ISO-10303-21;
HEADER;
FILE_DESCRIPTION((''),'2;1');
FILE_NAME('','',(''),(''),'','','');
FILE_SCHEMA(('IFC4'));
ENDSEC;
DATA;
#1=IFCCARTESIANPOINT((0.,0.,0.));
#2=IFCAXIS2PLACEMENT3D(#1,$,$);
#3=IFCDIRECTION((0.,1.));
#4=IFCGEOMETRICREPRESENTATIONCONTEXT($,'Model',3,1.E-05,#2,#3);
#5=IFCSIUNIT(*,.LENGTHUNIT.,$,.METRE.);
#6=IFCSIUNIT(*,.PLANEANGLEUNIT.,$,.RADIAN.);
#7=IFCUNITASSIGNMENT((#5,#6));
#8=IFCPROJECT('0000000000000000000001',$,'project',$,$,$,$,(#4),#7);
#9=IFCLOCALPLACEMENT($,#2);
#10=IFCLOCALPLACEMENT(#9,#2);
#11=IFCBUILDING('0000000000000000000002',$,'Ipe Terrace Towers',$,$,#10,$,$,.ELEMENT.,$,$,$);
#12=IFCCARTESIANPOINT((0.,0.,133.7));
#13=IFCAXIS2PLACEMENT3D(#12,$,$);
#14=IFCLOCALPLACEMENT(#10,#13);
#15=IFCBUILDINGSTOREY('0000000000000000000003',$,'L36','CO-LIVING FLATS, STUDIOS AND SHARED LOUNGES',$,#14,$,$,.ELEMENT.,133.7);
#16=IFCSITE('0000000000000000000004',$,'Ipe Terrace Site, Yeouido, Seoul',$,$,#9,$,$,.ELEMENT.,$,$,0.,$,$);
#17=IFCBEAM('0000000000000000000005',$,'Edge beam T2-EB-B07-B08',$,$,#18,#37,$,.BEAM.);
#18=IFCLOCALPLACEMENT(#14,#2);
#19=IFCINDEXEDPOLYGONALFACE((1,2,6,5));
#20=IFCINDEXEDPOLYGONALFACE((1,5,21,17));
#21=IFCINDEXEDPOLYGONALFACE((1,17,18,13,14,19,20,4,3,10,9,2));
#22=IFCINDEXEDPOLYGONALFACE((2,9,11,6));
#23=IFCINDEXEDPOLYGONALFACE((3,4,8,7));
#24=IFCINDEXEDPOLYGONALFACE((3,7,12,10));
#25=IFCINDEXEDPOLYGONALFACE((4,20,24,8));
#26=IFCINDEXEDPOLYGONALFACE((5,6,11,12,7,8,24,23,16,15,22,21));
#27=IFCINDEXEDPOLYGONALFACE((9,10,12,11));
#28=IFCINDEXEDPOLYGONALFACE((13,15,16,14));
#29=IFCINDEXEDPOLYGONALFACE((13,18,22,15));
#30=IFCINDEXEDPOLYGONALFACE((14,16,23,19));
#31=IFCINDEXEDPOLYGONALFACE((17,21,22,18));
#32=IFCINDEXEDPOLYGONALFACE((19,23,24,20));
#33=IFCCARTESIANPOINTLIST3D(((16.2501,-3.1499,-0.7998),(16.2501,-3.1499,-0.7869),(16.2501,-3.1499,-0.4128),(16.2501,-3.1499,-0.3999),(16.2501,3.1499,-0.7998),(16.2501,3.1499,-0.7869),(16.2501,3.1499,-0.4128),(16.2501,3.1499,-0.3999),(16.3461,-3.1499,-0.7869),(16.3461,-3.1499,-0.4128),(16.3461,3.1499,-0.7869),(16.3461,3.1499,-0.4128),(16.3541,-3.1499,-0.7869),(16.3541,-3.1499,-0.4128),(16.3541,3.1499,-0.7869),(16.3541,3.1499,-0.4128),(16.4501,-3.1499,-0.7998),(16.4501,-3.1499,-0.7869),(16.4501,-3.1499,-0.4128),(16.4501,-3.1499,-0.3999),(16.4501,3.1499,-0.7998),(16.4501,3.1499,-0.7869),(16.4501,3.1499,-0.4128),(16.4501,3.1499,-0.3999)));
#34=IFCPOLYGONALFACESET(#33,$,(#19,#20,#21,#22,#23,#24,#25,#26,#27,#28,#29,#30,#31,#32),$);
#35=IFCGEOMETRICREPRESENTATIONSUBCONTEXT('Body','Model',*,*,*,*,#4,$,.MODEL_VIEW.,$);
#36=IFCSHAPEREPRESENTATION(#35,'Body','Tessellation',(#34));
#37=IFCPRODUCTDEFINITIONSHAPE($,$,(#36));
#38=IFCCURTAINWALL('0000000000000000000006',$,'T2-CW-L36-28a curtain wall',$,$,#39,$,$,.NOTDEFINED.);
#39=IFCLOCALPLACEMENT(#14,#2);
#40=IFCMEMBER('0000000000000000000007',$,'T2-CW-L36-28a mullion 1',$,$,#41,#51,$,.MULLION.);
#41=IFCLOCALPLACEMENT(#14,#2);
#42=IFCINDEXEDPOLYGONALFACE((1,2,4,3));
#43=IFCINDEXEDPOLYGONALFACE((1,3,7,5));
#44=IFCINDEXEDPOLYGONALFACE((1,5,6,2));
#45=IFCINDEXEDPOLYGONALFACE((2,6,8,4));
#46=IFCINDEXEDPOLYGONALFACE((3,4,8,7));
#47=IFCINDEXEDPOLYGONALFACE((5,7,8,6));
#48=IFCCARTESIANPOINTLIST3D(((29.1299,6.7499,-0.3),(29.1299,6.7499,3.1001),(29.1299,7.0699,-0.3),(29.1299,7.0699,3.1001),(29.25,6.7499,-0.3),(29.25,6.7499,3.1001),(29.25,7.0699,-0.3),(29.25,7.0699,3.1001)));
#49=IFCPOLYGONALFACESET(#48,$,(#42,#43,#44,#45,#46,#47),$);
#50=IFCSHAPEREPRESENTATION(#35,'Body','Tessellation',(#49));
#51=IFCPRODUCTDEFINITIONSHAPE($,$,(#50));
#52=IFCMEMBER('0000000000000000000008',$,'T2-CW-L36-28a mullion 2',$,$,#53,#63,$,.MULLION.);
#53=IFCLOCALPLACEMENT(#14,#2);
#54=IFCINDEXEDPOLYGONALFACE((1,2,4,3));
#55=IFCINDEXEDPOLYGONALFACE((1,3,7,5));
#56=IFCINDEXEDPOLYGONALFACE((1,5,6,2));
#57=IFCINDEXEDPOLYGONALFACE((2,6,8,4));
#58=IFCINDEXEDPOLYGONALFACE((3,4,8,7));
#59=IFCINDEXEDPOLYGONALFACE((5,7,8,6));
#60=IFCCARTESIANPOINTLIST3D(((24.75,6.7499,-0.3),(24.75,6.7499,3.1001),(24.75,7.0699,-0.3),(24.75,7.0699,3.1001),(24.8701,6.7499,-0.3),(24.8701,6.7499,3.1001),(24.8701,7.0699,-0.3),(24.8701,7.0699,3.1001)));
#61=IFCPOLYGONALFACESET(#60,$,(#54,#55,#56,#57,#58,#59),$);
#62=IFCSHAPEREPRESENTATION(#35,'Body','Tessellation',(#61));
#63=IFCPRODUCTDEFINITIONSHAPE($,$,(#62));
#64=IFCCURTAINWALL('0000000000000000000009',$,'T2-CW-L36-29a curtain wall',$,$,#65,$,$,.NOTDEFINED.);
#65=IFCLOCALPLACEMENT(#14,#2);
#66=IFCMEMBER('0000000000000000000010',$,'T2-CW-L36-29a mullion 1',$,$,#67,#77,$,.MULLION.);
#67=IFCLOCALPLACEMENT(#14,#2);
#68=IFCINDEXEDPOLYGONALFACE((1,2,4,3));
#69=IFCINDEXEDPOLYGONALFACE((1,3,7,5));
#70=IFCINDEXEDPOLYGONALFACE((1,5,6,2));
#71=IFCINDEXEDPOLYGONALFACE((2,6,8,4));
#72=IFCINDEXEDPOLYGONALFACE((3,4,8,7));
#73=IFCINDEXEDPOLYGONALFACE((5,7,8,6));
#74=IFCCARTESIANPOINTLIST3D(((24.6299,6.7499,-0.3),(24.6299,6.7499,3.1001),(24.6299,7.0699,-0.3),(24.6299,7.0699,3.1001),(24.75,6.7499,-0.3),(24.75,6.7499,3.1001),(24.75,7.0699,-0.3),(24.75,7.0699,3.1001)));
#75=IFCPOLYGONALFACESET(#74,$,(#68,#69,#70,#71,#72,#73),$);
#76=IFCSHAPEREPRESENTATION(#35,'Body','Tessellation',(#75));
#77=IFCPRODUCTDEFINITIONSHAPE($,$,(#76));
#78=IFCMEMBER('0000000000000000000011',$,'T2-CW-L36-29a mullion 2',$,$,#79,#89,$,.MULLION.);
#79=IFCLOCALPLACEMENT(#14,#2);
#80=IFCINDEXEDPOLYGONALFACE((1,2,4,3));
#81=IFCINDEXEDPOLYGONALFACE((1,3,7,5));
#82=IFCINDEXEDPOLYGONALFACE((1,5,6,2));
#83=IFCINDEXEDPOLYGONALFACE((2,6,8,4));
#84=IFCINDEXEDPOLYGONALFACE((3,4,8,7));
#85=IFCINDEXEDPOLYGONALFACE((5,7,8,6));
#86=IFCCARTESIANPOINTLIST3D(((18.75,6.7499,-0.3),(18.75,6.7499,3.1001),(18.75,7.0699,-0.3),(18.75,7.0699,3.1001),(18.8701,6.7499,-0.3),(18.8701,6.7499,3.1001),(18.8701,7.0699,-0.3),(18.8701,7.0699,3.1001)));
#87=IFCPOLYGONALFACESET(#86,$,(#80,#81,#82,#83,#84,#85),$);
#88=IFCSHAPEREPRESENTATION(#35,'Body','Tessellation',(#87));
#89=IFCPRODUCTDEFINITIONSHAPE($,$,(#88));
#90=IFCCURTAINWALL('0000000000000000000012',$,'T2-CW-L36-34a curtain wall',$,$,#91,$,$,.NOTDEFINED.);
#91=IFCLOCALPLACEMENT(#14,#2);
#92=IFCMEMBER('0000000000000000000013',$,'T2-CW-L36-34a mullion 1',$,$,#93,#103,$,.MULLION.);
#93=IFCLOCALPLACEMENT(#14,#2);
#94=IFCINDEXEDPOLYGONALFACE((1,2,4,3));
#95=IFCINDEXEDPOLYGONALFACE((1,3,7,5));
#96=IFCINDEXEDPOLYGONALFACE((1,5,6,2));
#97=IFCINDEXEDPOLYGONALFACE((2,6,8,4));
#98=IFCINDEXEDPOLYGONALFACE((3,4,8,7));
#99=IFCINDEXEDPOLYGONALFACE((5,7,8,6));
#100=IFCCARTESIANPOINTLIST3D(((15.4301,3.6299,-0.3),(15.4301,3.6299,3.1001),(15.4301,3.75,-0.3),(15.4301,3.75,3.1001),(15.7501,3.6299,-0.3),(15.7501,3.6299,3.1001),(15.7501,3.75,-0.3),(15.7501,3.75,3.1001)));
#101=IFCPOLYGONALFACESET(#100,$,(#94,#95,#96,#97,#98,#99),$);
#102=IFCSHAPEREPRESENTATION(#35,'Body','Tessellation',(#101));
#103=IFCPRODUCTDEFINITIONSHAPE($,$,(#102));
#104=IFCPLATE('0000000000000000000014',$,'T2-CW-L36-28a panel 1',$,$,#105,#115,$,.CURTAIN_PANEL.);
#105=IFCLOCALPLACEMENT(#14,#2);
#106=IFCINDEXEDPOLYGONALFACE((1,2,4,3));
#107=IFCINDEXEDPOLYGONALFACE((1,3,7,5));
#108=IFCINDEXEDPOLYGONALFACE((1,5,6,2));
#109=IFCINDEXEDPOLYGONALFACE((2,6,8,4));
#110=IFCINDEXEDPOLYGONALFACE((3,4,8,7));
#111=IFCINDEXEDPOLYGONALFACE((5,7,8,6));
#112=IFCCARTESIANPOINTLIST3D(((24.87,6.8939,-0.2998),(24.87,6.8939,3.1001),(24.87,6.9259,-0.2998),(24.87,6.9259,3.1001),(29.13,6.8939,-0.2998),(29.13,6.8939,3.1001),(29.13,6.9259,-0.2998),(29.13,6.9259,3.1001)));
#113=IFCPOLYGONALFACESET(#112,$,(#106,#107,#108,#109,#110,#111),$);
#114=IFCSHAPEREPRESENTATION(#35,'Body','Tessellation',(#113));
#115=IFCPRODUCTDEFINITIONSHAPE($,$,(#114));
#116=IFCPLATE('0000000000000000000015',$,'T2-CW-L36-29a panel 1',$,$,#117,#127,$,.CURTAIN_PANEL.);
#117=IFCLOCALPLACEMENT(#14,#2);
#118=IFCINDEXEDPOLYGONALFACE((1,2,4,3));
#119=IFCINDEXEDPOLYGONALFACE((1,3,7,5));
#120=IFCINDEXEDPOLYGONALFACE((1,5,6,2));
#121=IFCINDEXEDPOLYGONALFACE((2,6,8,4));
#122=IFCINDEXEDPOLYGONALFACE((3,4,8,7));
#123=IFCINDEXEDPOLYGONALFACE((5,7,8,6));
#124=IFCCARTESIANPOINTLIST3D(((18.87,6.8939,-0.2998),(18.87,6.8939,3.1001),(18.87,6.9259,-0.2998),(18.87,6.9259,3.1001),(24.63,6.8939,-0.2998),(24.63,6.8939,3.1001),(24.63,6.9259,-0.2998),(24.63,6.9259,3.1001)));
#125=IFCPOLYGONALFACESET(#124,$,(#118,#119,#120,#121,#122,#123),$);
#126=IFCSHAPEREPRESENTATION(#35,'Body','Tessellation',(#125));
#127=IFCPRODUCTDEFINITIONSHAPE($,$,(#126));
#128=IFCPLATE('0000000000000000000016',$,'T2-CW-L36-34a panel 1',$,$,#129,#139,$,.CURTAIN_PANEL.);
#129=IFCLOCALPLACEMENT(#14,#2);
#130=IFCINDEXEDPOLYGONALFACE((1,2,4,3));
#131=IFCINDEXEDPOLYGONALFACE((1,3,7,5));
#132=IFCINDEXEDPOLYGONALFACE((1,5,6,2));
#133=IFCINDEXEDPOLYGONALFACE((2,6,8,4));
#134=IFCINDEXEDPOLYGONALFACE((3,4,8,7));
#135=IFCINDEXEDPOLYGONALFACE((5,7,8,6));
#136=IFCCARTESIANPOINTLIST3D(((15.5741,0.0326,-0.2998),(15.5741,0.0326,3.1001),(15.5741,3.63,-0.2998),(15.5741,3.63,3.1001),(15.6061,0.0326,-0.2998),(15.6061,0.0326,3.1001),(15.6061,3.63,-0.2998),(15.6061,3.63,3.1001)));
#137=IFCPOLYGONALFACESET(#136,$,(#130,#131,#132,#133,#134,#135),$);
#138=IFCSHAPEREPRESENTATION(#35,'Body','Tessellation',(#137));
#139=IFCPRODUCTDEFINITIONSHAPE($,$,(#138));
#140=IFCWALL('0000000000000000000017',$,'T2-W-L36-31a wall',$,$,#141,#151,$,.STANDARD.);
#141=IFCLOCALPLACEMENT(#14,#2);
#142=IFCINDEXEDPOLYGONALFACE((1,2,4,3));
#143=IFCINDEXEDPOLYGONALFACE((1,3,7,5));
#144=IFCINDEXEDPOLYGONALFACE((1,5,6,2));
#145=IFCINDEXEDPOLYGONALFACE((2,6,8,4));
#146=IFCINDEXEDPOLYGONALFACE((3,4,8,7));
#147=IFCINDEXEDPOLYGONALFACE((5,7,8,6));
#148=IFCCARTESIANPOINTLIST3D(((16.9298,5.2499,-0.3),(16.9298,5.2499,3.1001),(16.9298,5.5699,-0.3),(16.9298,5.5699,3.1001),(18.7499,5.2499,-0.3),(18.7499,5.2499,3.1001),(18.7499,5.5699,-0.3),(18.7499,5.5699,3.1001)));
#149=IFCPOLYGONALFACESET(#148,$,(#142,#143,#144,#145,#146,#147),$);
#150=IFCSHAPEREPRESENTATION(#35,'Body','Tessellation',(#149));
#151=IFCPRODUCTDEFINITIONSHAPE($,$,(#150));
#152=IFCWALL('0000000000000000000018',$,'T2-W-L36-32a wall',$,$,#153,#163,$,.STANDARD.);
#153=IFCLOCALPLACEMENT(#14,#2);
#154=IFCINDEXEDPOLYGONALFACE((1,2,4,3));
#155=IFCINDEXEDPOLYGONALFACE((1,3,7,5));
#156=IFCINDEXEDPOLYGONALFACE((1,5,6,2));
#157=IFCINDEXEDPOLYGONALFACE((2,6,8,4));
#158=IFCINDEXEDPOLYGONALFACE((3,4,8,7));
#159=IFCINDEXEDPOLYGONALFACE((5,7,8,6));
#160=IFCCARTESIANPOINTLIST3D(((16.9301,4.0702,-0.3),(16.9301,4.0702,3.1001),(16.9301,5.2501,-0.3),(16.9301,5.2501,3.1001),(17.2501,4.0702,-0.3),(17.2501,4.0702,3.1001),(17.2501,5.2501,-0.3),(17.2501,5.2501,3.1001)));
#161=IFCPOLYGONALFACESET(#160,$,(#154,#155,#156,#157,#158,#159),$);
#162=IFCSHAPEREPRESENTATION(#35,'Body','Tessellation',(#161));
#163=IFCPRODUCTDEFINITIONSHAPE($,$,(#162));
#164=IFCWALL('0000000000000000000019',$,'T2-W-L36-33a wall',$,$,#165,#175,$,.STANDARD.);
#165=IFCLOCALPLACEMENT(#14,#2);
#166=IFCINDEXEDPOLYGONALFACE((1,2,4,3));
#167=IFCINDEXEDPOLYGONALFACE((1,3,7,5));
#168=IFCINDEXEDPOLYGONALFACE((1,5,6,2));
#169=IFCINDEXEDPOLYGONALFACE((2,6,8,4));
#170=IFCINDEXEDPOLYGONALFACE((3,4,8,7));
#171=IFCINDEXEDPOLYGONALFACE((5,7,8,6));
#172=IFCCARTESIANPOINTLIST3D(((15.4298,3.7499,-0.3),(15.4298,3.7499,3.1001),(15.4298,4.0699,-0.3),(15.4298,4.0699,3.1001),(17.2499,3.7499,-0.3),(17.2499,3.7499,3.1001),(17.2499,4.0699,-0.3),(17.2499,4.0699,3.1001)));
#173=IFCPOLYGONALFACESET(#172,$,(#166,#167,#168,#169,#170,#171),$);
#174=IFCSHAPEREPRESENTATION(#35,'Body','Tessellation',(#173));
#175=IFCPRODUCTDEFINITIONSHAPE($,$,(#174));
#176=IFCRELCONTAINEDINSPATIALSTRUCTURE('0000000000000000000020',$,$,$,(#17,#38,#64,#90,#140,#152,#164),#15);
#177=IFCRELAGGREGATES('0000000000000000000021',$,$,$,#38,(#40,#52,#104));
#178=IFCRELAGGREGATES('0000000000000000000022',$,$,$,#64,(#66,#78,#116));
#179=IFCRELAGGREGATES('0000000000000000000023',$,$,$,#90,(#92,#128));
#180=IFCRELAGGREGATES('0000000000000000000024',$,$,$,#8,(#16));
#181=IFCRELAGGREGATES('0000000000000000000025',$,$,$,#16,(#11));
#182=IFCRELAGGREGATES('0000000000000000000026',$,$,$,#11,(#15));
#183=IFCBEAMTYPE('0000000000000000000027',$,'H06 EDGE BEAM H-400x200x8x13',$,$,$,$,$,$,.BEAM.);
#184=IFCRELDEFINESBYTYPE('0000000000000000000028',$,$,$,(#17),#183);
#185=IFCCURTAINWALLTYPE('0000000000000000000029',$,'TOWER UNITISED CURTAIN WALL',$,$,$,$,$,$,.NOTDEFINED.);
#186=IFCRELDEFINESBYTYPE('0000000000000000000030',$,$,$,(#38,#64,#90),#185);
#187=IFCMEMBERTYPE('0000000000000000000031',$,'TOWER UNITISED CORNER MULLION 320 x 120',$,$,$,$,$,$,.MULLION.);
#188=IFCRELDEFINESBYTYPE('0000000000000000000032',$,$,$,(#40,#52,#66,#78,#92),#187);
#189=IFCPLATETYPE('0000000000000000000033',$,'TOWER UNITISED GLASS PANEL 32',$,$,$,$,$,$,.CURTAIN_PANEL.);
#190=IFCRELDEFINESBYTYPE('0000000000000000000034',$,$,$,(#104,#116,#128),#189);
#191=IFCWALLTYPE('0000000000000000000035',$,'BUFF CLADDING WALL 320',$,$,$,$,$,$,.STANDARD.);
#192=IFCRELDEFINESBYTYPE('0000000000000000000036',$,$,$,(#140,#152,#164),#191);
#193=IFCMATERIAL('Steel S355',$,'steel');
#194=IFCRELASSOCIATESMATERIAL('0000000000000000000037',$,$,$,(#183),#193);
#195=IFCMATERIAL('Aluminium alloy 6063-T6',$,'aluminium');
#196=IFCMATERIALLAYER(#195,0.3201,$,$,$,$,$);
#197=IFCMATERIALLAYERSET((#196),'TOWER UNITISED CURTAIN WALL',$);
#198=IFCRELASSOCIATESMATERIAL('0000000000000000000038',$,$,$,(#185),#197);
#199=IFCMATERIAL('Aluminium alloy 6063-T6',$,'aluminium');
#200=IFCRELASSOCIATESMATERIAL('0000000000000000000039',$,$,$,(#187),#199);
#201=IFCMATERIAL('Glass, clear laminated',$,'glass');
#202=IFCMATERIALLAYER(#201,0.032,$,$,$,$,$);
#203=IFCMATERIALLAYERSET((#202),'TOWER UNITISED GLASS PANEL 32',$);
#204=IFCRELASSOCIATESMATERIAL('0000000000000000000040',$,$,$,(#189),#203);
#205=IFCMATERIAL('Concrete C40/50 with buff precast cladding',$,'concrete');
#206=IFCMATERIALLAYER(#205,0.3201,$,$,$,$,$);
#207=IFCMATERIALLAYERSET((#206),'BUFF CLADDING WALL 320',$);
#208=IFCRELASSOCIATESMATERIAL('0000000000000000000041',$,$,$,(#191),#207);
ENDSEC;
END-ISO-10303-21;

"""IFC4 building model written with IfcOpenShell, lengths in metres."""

from ifc_helpers import new_model, si_unit, direction, frame, frame_2d, origin, origin_2d, place, context, subcontext, project, spatial, rectangle, i_section, extrude, material, layer, layer_set, material_profile, profile_set, type_object, element, aggregate, save


model = new_model("IFC4")

# Units and contexts
model_context = context("Model", 3, precision=1e-05, world=origin(), true_north=direction((0.0, 1.0)))
body_context = subcontext(model_context, "Body", "Model", "MODEL_VIEW")
ifc_project = project(units=[si_unit("LENGTHUNIT", "METRE"), si_unit("PLANEANGLEUNIT", "RADIAN")], contexts=[model_context])

# Site, building, storey
site_placement = place(None, origin())
site = spatial("IfcSite", under=ifc_project, at=site_placement, Name="Ipe Terrace Site, Yeouido, Seoul", CompositionType="ELEMENT", RefElevation=0.0)
building_placement = place(site_placement, origin())
building = spatial("IfcBuilding", under=site, at=building_placement, Name="Ipe Terrace Towers", CompositionType="ELEMENT")
storey_placement = place(building_placement, frame((0.0, 0.0, 133.7)))
storey = spatial("IfcBuildingStorey", under=building, at=storey_placement, Name="L36", Description="CO-LIVING FLATS, STUDIOS AND SHARED LOUNGES", CompositionType="ELEMENT", Elevation=133.7)

# Beam
ifc_material_1 = material(Name="Steel S355", Category="steel")
ifc_material_profile_1 = material_profile(ifc_material_1, i_section(OverallWidth=0.2, OverallDepth=0.3999, WebThickness=0.0081, FlangeThickness=0.0129, at=origin_2d()), Name="H-400x200x8x13")
ifc_profile_set_1 = profile_set([ifc_material_profile_1], Name="Steel S355")
beam_type_1 = type_object("IfcBeamType", Name="H06 EDGE BEAM H-400x200x8x13", PredefinedType="BEAM", material=ifc_profile_set_1)
beam_1_placement = place(storey_placement, frame((16.3501, 3.1499, -0.5999), z_axis=(0.0, -1.0, 0.0), x_axis=(1.0, 0.0, 0.0)))
element("IfcBeam", 1, at=beam_1_placement, inside=storey, type_object=beam_type_1, Name="Edge beam T2-EB-B07-B08", PredefinedType="BEAM", context=body_context, shape_type="SweptSolid", body=[
    extrude(i_section(OverallWidth=0.2, OverallDepth=0.3999, WebThickness=0.0081, FlangeThickness=0.0129, at=origin_2d()), origin(), (0.0, 0.0, 1.0), 6.2998),
])

# Curtain walls, members
ifc_material_2 = material(Name="Aluminium alloy 6063-T6", Category="aluminium")
ifc_layer_1 = layer(ifc_material_2, 0.3201)
ifc_layer_set_1 = layer_set([ifc_layer_1], Name="TOWER UNITISED CURTAIN WALL")
curtain_wall_type = type_object("IfcCurtainWallType", Name="TOWER UNITISED CURTAIN WALL", PredefinedType="NOTDEFINED", material=ifc_layer_set_1)
curtain_wall_1_placement = place(storey_placement, origin())
curtain_wall_1 = element("IfcCurtainWall", 2, at=curtain_wall_1_placement, inside=storey, type_object=curtain_wall_type, Name="T2-CW-L36-28a curtain wall", PredefinedType="NOTDEFINED")
ifc_material_3 = material(Name="Aluminium alloy 6063-T6", Category="aluminium")
ifc_material_profile_2 = material_profile(ifc_material_3, rectangle(XDim=0.3201, YDim=0.1201, at=origin_2d()), Name="TOWER UNITISED CORNER MULLION 320 x 120")
ifc_profile_set_2 = profile_set([ifc_material_profile_2], Name="Aluminium alloy 6063-T6")
member_type = type_object("IfcMemberType", Name="TOWER UNITISED CORNER MULLION 320 x 120", PredefinedType="MULLION", material=ifc_profile_set_2)
member_1_placement = place(storey_placement, frame((29.1899, 6.9099, -0.3), z_axis=(0.0, 0.0, 1.0), x_axis=(0.0, 1.0, 0.0)))
member_1 = element("IfcMember", 3, at=member_1_placement, type_object=member_type, Name="T2-CW-L36-28a mullion 1", PredefinedType="MULLION", context=body_context, shape_type="SweptSolid", body=[
    extrude(rectangle(XDim=0.3201, YDim=0.1201, at=origin_2d()), origin(), (0.0, 0.0, 1.0), 3.4001),
])
member_2_placement = place(storey_placement, frame((24.8101, 6.9099, -0.3), z_axis=(0.0, 0.0, 1.0), x_axis=(0.0, 1.0, 0.0)))
member_2 = element("IfcMember", 4, at=member_2_placement, type_object=member_type, Name="T2-CW-L36-28a mullion 2", PredefinedType="MULLION", context=body_context, shape_type="SweptSolid", body=[
    extrude(rectangle(XDim=0.3201, YDim=0.1201, at=origin_2d()), origin(), (0.0, 0.0, 1.0), 3.4001),
])
curtain_wall_2_placement = place(storey_placement, origin())
curtain_wall_2 = element("IfcCurtainWall", 5, at=curtain_wall_2_placement, inside=storey, type_object=curtain_wall_type, Name="T2-CW-L36-29a curtain wall", PredefinedType="NOTDEFINED")
member_3_placement = place(storey_placement, frame((24.6899, 6.9099, -0.3), z_axis=(0.0, 0.0, 1.0), x_axis=(0.0, 1.0, 0.0)))
member_3 = element("IfcMember", 6, at=member_3_placement, type_object=member_type, Name="T2-CW-L36-29a mullion 1", PredefinedType="MULLION", context=body_context, shape_type="SweptSolid", body=[
    extrude(rectangle(XDim=0.3201, YDim=0.1201, at=origin_2d()), origin(), (0.0, 0.0, 1.0), 3.4001),
])
member_4_placement = place(storey_placement, frame((18.8101, 6.9099, -0.3), z_axis=(0.0, 0.0, 1.0), x_axis=(0.0, 1.0, 0.0)))
member_4 = element("IfcMember", 7, at=member_4_placement, type_object=member_type, Name="T2-CW-L36-29a mullion 2", PredefinedType="MULLION", context=body_context, shape_type="SweptSolid", body=[
    extrude(rectangle(XDim=0.3201, YDim=0.1201, at=origin_2d()), origin(), (0.0, 0.0, 1.0), 3.4001),
])

# Curtain wall, member
curtain_wall_3_placement = place(storey_placement, origin())
curtain_wall_3 = element("IfcCurtainWall", 8, at=curtain_wall_3_placement, inside=storey, type_object=curtain_wall_type, Name="T2-CW-L36-34a curtain wall", PredefinedType="NOTDEFINED")
member_5_placement = place(storey_placement, frame((15.5901, 3.6899, -0.3), z_axis=(0.0, 0.0, 1.0), x_axis=(-1.0, 0.0, 0.0)))
member_5 = element("IfcMember", 9, at=member_5_placement, type_object=member_type, Name="T2-CW-L36-34a mullion 1", PredefinedType="MULLION", context=body_context, shape_type="SweptSolid", body=[
    extrude(rectangle(XDim=0.3201, YDim=0.1201, at=origin_2d()), origin(), (0.0, 0.0, 1.0), 3.4001),
])

# Plates
ifc_material_4 = material(Name="Glass, clear laminated", Category="glass")
ifc_layer_2 = layer(ifc_material_4, 0.032)
ifc_layer_set_2 = layer_set([ifc_layer_2], Name="TOWER UNITISED GLASS PANEL 32")
plate_type = type_object("IfcPlateType", Name="TOWER UNITISED GLASS PANEL 32", PredefinedType="CURTAIN_PANEL", material=ifc_layer_set_2)
plate_1_placement = place(storey_placement, frame((27.0, 6.9099, -0.2998), z_axis=(0.0, 0.0, 1.0), x_axis=(-1.0, 0.0, 0.0)))
plate_1 = element("IfcPlate", 10, at=plate_1_placement, type_object=plate_type, Name="T2-CW-L36-28a panel 1", PredefinedType="CURTAIN_PANEL", context=body_context, shape_type="SweptSolid", body=[
    extrude(rectangle(XDim=4.26, YDim=0.032, at=origin_2d()), origin(), (0.0, 0.0, 1.0), 3.3999),
])
aggregate(curtain_wall_1, [member_1, member_2, plate_1])
plate_2_placement = place(storey_placement, frame((21.75, 6.9099, -0.2998), z_axis=(0.0, 0.0, 1.0), x_axis=(-1.0, 0.0, 0.0)))
plate_2 = element("IfcPlate", 11, at=plate_2_placement, type_object=plate_type, Name="T2-CW-L36-29a panel 1", PredefinedType="CURTAIN_PANEL", context=body_context, shape_type="SweptSolid", body=[
    extrude(rectangle(XDim=5.76, YDim=0.032, at=origin_2d()), origin(), (0.0, 0.0, 1.0), 3.3999),
])
aggregate(curtain_wall_2, [member_3, member_4, plate_2])
plate_3_placement = place(storey_placement, frame((15.5901, 1.8313, -0.2998), z_axis=(0.0, 0.0, 1.0), x_axis=(0.0, -1.0, 0.0)))
plate_3 = element("IfcPlate", 12, at=plate_3_placement, type_object=plate_type, Name="T2-CW-L36-34a panel 1", PredefinedType="CURTAIN_PANEL", context=body_context, shape_type="SweptSolid", body=[
    extrude(rectangle(XDim=3.5974, YDim=0.032, at=origin_2d()), origin(), (0.0, 0.0, 1.0), 3.3999),
])
aggregate(curtain_wall_3, [member_5, plate_3])

# Walls
ifc_material_5 = material(Name="Concrete C40/50 with buff precast cladding", Category="concrete")
ifc_layer_3 = layer(ifc_material_5, 0.3201)
ifc_layer_set_3 = layer_set([ifc_layer_3], Name="BUFF CLADDING WALL 320")
wall_type_1 = type_object("IfcWallType", Name="BUFF CLADDING WALL 320", PredefinedType="STANDARD", material=ifc_layer_set_3)
wall_1_placement = place(storey_placement, frame((18.75, 5.4099, -0.3), z_axis=(0.0, 0.0, 1.0), x_axis=(-1.0, 0.0, 0.0)))
element("IfcWall", 13, at=wall_1_placement, inside=storey, type_object=wall_type_1, Name="T2-W-L36-31a wall", PredefinedType="STANDARD", context=body_context, shape_type="SweptSolid", body=[
    extrude(rectangle(XDim=1.8201, YDim=0.3201, at=frame_2d((0.9102, 0.0))), origin(), (0.0, 0.0, 1.0), 3.4001),
])
wall_2_placement = place(storey_placement, frame((17.0901, 5.25, -0.3), z_axis=(0.0, 0.0, 1.0), x_axis=(0.0, -1.0, 0.0)))
element("IfcWall", 14, at=wall_2_placement, inside=storey, type_object=wall_type_1, Name="T2-W-L36-32a wall", PredefinedType="STANDARD", context=body_context, shape_type="SweptSolid", body=[
    extrude(rectangle(XDim=1.1799, YDim=0.3201, at=frame_2d((0.5898, 0.0))), origin(), (0.0, 0.0, 1.0), 3.4001),
])
wall_3_placement = place(storey_placement, frame((17.25, 3.9099, -0.3), z_axis=(0.0, 0.0, 1.0), x_axis=(-1.0, 0.0, 0.0)))
element("IfcWall", 15, at=wall_3_placement, inside=storey, type_object=wall_type_1, Name="T2-W-L36-33a wall", PredefinedType="STANDARD", context=body_context, shape_type="SweptSolid", body=[
    extrude(rectangle(XDim=1.8201, YDim=0.3201, at=frame_2d((0.9102, 0.0))), origin(), (0.0, 0.0, 1.0), 3.4001),
])

save(model, "model.ifc")
